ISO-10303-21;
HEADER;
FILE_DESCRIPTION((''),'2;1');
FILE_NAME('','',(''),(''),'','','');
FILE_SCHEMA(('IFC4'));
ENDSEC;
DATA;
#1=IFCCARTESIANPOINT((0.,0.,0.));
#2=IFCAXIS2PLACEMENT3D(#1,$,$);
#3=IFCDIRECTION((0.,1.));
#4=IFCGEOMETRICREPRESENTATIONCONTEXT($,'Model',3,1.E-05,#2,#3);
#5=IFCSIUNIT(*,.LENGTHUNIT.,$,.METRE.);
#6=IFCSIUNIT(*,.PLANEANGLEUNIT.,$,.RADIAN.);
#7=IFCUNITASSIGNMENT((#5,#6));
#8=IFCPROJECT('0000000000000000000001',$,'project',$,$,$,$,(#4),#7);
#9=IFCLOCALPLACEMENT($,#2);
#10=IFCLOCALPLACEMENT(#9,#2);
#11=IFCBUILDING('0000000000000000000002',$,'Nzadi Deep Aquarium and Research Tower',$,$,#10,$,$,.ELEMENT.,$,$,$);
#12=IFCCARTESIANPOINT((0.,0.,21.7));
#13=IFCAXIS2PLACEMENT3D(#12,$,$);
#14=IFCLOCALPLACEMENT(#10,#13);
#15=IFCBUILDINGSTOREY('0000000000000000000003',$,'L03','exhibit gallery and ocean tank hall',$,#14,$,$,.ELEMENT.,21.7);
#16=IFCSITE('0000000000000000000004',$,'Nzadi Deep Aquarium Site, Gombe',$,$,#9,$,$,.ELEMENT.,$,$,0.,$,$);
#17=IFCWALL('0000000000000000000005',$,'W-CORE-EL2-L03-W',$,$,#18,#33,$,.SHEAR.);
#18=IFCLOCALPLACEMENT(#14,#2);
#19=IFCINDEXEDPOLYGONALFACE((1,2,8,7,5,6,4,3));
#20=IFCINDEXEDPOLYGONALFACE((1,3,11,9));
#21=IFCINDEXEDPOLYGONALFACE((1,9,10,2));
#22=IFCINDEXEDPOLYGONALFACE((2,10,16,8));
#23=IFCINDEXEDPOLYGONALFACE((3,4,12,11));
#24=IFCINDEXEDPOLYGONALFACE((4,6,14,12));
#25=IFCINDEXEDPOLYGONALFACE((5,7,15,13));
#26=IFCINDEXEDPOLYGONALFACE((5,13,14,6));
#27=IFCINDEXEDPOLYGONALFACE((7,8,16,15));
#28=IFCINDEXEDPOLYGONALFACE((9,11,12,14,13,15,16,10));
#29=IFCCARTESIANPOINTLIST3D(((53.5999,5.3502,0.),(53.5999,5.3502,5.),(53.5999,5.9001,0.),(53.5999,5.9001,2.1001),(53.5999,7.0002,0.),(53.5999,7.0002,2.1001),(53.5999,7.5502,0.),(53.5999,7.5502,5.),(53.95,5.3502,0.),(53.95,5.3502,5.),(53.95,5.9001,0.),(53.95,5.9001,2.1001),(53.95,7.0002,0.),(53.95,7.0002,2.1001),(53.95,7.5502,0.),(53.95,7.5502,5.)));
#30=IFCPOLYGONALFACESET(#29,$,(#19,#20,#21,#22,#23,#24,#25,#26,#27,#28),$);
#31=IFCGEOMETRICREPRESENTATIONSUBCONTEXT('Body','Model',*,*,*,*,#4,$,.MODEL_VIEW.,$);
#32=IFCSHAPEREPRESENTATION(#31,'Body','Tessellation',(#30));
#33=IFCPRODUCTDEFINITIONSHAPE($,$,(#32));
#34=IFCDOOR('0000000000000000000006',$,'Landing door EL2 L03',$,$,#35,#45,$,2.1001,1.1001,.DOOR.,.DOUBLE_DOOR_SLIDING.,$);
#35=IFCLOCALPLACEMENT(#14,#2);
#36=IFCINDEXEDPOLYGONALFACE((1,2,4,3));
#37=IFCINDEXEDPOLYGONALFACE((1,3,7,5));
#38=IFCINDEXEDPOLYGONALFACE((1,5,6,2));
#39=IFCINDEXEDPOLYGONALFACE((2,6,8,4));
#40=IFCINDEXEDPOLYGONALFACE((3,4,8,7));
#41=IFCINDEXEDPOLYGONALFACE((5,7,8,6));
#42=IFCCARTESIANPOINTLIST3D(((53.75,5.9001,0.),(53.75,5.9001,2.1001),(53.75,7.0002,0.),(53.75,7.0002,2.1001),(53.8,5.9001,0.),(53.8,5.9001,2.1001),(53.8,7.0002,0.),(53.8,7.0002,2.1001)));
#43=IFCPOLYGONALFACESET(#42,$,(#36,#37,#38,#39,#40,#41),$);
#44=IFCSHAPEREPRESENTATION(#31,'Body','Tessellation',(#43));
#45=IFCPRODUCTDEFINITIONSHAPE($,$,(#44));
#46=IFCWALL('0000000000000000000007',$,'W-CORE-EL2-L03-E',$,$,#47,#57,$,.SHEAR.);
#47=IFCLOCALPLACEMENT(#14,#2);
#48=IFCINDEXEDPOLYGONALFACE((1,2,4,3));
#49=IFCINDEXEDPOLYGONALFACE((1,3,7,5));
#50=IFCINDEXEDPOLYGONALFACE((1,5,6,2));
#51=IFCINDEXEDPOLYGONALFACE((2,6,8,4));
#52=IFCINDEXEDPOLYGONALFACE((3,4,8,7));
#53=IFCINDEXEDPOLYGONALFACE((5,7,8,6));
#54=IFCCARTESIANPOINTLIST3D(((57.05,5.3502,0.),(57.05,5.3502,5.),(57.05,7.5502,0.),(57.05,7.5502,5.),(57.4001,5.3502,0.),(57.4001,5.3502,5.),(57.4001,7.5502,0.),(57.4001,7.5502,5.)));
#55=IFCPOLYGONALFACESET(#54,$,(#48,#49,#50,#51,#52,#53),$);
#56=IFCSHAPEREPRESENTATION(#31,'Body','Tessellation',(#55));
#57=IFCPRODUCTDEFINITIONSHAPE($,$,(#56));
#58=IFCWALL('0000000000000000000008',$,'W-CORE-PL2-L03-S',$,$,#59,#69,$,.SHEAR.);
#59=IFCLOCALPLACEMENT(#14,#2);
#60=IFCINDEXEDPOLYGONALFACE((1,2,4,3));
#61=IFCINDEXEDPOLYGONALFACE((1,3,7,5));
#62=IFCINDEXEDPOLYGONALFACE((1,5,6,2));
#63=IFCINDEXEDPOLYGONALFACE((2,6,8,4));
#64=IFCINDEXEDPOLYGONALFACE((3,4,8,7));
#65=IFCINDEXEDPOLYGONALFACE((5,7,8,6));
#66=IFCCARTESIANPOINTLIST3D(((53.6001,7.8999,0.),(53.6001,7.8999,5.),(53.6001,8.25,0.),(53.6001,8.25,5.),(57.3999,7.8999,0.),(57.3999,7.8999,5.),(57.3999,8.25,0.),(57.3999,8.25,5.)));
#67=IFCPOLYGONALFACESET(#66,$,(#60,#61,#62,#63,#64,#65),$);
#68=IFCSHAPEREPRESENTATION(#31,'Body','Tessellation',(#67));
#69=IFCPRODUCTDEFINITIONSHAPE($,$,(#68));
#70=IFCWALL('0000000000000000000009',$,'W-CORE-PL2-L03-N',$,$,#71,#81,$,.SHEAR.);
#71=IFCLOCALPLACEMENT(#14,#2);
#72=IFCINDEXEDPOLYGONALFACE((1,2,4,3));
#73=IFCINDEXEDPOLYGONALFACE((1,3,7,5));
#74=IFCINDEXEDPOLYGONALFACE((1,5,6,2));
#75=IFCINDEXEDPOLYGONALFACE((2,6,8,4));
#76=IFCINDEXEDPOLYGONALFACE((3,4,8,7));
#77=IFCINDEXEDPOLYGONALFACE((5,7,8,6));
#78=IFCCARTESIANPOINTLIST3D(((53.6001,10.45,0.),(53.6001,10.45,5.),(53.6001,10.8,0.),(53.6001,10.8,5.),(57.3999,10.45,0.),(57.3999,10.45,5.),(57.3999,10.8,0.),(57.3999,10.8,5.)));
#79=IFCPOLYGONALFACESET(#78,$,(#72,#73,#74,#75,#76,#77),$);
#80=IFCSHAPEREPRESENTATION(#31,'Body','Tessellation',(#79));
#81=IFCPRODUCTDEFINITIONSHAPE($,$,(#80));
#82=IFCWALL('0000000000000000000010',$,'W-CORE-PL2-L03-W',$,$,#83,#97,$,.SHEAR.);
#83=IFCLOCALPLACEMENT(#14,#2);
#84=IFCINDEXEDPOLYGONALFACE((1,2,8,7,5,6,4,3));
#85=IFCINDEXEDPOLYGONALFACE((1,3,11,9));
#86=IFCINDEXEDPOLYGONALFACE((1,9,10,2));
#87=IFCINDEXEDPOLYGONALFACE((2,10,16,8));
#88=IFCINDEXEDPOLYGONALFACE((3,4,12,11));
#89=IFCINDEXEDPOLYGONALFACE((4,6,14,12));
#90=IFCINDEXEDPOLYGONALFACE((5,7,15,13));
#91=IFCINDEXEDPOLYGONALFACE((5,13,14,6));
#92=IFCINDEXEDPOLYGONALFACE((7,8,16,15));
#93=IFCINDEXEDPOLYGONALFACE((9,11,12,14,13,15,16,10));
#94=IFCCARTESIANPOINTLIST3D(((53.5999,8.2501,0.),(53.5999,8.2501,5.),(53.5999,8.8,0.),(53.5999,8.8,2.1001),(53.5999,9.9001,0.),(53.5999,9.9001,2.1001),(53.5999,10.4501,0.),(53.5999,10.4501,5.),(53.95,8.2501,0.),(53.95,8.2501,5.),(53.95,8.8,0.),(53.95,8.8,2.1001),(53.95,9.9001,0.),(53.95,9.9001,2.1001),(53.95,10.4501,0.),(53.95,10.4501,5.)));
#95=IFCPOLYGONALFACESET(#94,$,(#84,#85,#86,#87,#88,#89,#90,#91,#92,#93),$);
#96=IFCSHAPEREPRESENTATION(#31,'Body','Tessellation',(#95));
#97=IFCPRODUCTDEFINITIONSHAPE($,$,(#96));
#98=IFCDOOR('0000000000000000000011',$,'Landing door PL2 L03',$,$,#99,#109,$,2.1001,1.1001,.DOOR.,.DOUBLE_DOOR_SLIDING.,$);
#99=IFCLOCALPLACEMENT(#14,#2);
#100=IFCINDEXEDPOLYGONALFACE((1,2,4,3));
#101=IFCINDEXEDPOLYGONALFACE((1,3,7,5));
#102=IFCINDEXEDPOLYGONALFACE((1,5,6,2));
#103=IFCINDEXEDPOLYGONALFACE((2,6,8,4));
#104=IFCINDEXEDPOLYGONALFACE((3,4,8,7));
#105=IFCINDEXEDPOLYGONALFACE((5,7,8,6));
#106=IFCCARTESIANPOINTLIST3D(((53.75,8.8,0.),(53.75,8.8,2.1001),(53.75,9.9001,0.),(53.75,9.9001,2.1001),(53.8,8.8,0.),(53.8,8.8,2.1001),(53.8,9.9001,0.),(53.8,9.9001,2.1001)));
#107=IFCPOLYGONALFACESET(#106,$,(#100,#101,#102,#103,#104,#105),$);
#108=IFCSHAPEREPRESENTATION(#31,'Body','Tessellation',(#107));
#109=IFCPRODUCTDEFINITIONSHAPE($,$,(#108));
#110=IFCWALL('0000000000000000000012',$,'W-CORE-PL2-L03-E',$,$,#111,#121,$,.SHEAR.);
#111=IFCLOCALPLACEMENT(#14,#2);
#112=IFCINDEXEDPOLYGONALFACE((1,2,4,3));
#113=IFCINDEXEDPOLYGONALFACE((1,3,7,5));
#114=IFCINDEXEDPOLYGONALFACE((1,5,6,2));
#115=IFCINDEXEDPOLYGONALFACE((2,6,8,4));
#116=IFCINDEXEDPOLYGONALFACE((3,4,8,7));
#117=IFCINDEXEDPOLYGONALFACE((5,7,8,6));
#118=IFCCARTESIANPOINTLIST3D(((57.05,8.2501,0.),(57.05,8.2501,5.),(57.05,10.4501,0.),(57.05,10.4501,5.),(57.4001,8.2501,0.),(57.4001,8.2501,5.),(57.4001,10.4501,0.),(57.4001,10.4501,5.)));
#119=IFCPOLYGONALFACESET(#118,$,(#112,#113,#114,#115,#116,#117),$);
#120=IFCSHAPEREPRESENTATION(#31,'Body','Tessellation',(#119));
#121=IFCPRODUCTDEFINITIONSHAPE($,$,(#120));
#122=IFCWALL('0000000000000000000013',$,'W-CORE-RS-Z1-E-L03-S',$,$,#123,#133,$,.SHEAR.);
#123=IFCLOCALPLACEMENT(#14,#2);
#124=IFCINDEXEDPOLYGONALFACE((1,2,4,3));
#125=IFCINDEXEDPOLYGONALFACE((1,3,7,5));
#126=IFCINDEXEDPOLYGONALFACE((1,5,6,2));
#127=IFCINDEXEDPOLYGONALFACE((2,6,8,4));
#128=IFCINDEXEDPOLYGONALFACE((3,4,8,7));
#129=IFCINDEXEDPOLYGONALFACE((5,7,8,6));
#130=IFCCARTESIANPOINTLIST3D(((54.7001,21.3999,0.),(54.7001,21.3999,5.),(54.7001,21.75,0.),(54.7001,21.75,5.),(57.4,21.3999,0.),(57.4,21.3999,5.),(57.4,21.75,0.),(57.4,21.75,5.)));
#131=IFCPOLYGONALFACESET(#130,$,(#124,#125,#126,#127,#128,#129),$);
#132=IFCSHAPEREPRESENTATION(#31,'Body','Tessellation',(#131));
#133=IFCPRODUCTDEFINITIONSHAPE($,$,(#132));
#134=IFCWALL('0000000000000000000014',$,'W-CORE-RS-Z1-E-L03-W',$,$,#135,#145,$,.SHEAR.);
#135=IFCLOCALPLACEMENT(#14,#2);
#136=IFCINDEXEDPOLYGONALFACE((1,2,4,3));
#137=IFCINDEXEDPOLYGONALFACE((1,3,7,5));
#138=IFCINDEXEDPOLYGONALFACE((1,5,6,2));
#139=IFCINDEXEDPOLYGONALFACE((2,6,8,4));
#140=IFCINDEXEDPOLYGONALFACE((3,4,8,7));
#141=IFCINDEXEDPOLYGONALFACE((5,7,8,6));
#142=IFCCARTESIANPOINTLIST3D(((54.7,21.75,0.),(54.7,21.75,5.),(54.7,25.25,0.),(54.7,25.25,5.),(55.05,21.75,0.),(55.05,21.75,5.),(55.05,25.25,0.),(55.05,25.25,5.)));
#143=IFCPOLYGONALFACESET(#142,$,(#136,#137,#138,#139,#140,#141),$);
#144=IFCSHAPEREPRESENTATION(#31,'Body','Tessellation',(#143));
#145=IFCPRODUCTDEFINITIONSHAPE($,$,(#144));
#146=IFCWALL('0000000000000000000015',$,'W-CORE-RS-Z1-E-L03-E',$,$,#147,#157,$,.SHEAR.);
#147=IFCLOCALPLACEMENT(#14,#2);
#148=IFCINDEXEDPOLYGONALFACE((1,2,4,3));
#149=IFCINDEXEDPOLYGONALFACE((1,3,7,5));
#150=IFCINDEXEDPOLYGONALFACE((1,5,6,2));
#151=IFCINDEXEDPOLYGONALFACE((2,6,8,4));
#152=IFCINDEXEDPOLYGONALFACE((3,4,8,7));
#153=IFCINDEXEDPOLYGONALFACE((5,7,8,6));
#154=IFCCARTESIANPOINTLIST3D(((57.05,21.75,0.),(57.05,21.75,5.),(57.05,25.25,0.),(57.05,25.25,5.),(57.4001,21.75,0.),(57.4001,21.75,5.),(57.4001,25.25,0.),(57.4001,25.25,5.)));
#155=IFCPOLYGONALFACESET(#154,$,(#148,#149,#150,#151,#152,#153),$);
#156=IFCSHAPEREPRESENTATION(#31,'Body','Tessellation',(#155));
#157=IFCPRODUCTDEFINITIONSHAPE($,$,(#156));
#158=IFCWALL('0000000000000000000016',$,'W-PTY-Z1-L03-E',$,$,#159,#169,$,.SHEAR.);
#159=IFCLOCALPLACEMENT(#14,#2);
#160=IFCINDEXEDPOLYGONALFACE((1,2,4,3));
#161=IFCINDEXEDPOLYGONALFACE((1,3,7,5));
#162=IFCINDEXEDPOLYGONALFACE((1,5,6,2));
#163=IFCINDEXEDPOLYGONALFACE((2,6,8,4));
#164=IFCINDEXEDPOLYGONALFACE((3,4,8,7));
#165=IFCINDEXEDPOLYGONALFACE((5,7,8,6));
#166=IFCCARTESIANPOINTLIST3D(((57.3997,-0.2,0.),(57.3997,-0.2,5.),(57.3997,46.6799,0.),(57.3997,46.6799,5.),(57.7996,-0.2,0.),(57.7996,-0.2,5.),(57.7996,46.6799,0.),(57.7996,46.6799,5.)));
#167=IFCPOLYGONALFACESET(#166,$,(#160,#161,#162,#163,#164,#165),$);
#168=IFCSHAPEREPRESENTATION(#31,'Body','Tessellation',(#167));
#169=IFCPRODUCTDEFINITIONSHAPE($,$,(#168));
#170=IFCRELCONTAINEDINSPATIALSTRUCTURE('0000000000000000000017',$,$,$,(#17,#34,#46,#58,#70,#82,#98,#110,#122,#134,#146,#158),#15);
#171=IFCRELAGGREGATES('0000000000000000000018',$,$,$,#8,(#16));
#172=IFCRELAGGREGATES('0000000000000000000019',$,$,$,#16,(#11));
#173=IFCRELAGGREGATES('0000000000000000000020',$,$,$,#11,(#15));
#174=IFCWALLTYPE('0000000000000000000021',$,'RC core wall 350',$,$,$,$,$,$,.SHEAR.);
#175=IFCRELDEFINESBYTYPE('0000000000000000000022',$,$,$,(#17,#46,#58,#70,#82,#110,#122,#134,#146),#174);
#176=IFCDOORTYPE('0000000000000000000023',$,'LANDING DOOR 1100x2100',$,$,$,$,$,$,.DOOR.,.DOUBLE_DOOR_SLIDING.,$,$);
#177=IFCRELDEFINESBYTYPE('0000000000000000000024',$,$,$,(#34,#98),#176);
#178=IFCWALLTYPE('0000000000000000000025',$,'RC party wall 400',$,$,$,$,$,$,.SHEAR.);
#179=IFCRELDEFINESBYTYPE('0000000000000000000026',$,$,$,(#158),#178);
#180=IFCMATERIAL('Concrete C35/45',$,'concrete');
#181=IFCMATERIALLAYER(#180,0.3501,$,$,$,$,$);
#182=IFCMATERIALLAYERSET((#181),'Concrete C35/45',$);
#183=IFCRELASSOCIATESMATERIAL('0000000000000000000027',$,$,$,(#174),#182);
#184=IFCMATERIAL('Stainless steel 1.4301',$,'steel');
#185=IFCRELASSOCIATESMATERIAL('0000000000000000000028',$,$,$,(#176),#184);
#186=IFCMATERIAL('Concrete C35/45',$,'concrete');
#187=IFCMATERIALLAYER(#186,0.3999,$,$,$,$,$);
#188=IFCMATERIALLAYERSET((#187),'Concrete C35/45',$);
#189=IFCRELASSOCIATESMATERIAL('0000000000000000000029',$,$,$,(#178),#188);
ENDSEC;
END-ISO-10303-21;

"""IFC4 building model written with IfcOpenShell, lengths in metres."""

from ifc_helpers import new_model, si_unit, direction, frame, frame_2d, origin, place, context, subcontext, project, spatial, rectangle, extrude, material, layer, layer_set, type_object, element, fill, save


model = new_model("IFC4")

# Units and contexts
model_context = context("Model", 3, precision=1e-05, world=origin(), true_north=direction((0.0, 1.0)))
body_context = subcontext(model_context, "Body", "Model", "MODEL_VIEW")
ifc_project = project(units=[si_unit("LENGTHUNIT", "METRE"), si_unit("PLANEANGLEUNIT", "RADIAN")], contexts=[model_context])

# Site, building, storey
site_placement = place(None, origin())
site = spatial("IfcSite", under=ifc_project, at=site_placement, Name="Nzadi Deep Aquarium Site, Gombe", CompositionType="ELEMENT", RefElevation=0.0)
building_placement = place(site_placement, origin())
building = spatial("IfcBuilding", under=site, at=building_placement, Name="Nzadi Deep Aquarium and Research Tower", CompositionType="ELEMENT")
storey_placement = place(building_placement, frame((0.0, 0.0, 21.7)))
storey = spatial("IfcBuildingStorey", under=building, at=storey_placement, Name="L03", Description="exhibit gallery and ocean tank hall", CompositionType="ELEMENT", Elevation=21.7)

# Shared definitions
ifc_material_1 = material(Name="Concrete C35/45", Category="concrete")
ifc_layer_1 = layer(ifc_material_1, 0.3501)
ifc_layer_set_1 = layer_set([ifc_layer_1], Name="Concrete C35/45")
wall_type_1 = type_object("IfcWallType", Name="RC core wall 350", PredefinedType="SHEAR", material=ifc_layer_set_1)

# Wall, opening, door
wall_1_placement = place(storey_placement, frame((53.7749, 5.3501, 0.0), z_axis=(0.0, 0.0, 1.0), x_axis=(0.0, 1.0, 0.0)))
wall_1 = element("IfcWall", 1, at=wall_1_placement, inside=storey, type_object=wall_type_1, Name="W-CORE-EL2-L03-W", PredefinedType="SHEAR", context=body_context, shape_type="SweptSolid", body=[
    extrude(rectangle(XDim=2.2, YDim=0.3501, at=frame_2d((1.1001, 0.0))), origin(), (0.0, 0.0, 1.0), 5.0),
])
opening_1_placement = place(wall_1_placement, frame((0.55, 0.0, 0.0)))
opening_1 = element("IfcOpeningElement", 2, at=opening_1_placement, cuts=wall_1, PredefinedType="OPENING", context=body_context, shape_type="SweptSolid", body=[
    extrude(rectangle(XDim=1.1001, YDim=2.1001, at=frame_2d((0.55, 1.05))), frame((0.0, 0.1851, 0.0), z_axis=(0.0, -1.0, 0.0), x_axis=(1.0, 0.0, 0.0)), (0.0, 0.0, 1.0), 0.3701),
])
ifc_material_2 = material(Name="Stainless steel 1.4301", Category="steel")
door_type = type_object("IfcDoorType", Name="LANDING DOOR 1100x2100", OperationType="DOUBLE_DOOR_SLIDING", PredefinedType="DOOR", material=ifc_material_2)
door_1_placement = place(opening_1_placement, origin())
door_1 = element("IfcDoor", 3, at=door_1_placement, inside=storey, type_object=door_type, Name="Landing door EL2 L03", OperationType="DOUBLE_DOOR_SLIDING", OverallHeight=2.1001, OverallWidth=1.1001, PredefinedType="DOOR", context=body_context, shape_type="SweptSolid", body=[
    extrude(rectangle(XDim=1.1001, YDim=2.1001, at=frame_2d((0.55, 1.05))), frame((0.0, 0.0249, 0.0), z_axis=(0.0, -1.0, 0.0), x_axis=(1.0, 0.0, 0.0)), (0.0, 0.0, 1.0), 0.05),
])
fill(opening_1, door_1)

# Walls
wall_2_placement = place(storey_placement, frame((57.2251, 5.3501, 0.0), z_axis=(0.0, 0.0, 1.0), x_axis=(0.0, 1.0, 0.0)))
element("IfcWall", 4, at=wall_2_placement, inside=storey, type_object=wall_type_1, Name="W-CORE-EL2-L03-E", PredefinedType="SHEAR", context=body_context, shape_type="SweptSolid", body=[
    extrude(rectangle(XDim=2.2, YDim=0.3501, at=frame_2d((1.1001, 0.0))), origin(), (0.0, 0.0, 1.0), 5.0),
])
for number, where, z_axis, x_axis, name in (
    (5, (53.6001, 8.075, 0.0), (0.0, 0.0, 1.0), (1.0, 0.0, 0.0), "W-CORE-PL2-L03-S"),
    (6, (53.6001, 10.625, 0.0), (0.0, 0.0, 1.0), (1.0, 0.0, 0.0), "W-CORE-PL2-L03-N"),
):
    element("IfcWall", number, at=place(storey_placement, frame(where, z_axis=z_axis, x_axis=x_axis)), inside=storey, type_object=wall_type_1, Name=name, PredefinedType="SHEAR", context=body_context, shape_type="SweptSolid", body=[
        extrude(rectangle(XDim=3.7998, YDim=0.3501, at=frame_2d((1.8999, 0.0))), origin(), (0.0, 0.0, 1.0), 5.0),
    ])

# Wall, opening, door
wall_3_placement = place(storey_placement, frame((53.7749, 8.25, 0.0), z_axis=(0.0, 0.0, 1.0), x_axis=(0.0, 1.0, 0.0)))
wall_3 = element("IfcWall", 7, at=wall_3_placement, inside=storey, type_object=wall_type_1, Name="W-CORE-PL2-L03-W", PredefinedType="SHEAR", context=body_context, shape_type="SweptSolid", body=[
    extrude(rectangle(XDim=2.2, YDim=0.3501, at=frame_2d((1.1001, 0.0))), origin(), (0.0, 0.0, 1.0), 5.0),
])
opening_2_placement = place(wall_3_placement, frame((0.55, 0.0, 0.0)))
opening_2 = element("IfcOpeningElement", 8, at=opening_2_placement, cuts=wall_3, PredefinedType="OPENING", context=body_context, shape_type="SweptSolid", body=[
    extrude(rectangle(XDim=1.1001, YDim=2.1001, at=frame_2d((0.55, 1.05))), frame((0.0, 0.1851, 0.0), z_axis=(0.0, -1.0, 0.0), x_axis=(1.0, 0.0, 0.0)), (0.0, 0.0, 1.0), 0.3701),
])
door_2_placement = place(opening_2_placement, origin())
door_2 = element("IfcDoor", 9, at=door_2_placement, inside=storey, type_object=door_type, Name="Landing door PL2 L03", OperationType="DOUBLE_DOOR_SLIDING", OverallHeight=2.1001, OverallWidth=1.1001, PredefinedType="DOOR", context=body_context, shape_type="SweptSolid", body=[
    extrude(rectangle(XDim=1.1001, YDim=2.1001, at=frame_2d((0.55, 1.05))), frame((0.0, 0.0249, 0.0), z_axis=(0.0, -1.0, 0.0), x_axis=(1.0, 0.0, 0.0)), (0.0, 0.0, 1.0), 0.05),
])
fill(opening_2, door_2)

# Walls
wall_4_placement = place(storey_placement, frame((57.2251, 8.25, 0.0), z_axis=(0.0, 0.0, 1.0), x_axis=(0.0, 1.0, 0.0)))
element("IfcWall", 10, at=wall_4_placement, inside=storey, type_object=wall_type_1, Name="W-CORE-PL2-L03-E", PredefinedType="SHEAR", context=body_context, shape_type="SweptSolid", body=[
    extrude(rectangle(XDim=2.2, YDim=0.3501, at=frame_2d((1.1001, 0.0))), origin(), (0.0, 0.0, 1.0), 5.0),
])
wall_5_placement = place(storey_placement, frame((54.7, 21.575, 0.0), z_axis=(0.0, 0.0, 1.0), x_axis=(1.0, 0.0, 0.0)))
element("IfcWall", 11, at=wall_5_placement, inside=storey, type_object=wall_type_1, Name="W-CORE-RS-Z1-E-L03-S", PredefinedType="SHEAR", context=body_context, shape_type="SweptSolid", body=[
    extrude(rectangle(XDim=2.7, YDim=0.3501, at=frame_2d((1.3501, 0.0))), origin(), (0.0, 0.0, 1.0), 5.0),
])
for number, where, z_axis, x_axis, name in (
    (12, (54.875, 21.75, 0.0), (0.0, 0.0, 1.0), (0.0, 1.0, 0.0), "W-CORE-RS-Z1-E-L03-W"),
    (13, (57.2251, 21.75, 0.0), (0.0, 0.0, 1.0), (0.0, 1.0, 0.0), "W-CORE-RS-Z1-E-L03-E"),
):
    element("IfcWall", number, at=place(storey_placement, frame(where, z_axis=z_axis, x_axis=x_axis)), inside=storey, type_object=wall_type_1, Name=name, PredefinedType="SHEAR", context=body_context, shape_type="SweptSolid", body=[
        extrude(rectangle(XDim=3.5, YDim=0.3501, at=frame_2d((1.75, 0.0))), origin(), (0.0, 0.0, 1.0), 5.0),
    ])
ifc_material_3 = material(Name="Concrete C35/45", Category="concrete")
ifc_layer_2 = layer(ifc_material_3, 0.3999)
ifc_layer_set_2 = layer_set([ifc_layer_2], Name="Concrete C35/45")
wall_type_2 = type_object("IfcWallType", Name="RC party wall 400", PredefinedType="SHEAR", material=ifc_layer_set_2)
wall_6_placement = place(storey_placement, frame((57.5996, -0.2, 0.0), z_axis=(0.0, 0.0, 1.0), x_axis=(0.0, 1.0, 0.0)))
element("IfcWall", 14, at=wall_6_placement, inside=storey, type_object=wall_type_2, Name="W-PTY-Z1-L03-E", PredefinedType="SHEAR", context=body_context, shape_type="SweptSolid", body=[
    extrude(rectangle(XDim=46.8799, YDim=0.3999, at=frame_2d((23.4399, 0.0))), origin(), (0.0, 0.0, 1.0), 5.0),
])

save(model, "model.ifc")
